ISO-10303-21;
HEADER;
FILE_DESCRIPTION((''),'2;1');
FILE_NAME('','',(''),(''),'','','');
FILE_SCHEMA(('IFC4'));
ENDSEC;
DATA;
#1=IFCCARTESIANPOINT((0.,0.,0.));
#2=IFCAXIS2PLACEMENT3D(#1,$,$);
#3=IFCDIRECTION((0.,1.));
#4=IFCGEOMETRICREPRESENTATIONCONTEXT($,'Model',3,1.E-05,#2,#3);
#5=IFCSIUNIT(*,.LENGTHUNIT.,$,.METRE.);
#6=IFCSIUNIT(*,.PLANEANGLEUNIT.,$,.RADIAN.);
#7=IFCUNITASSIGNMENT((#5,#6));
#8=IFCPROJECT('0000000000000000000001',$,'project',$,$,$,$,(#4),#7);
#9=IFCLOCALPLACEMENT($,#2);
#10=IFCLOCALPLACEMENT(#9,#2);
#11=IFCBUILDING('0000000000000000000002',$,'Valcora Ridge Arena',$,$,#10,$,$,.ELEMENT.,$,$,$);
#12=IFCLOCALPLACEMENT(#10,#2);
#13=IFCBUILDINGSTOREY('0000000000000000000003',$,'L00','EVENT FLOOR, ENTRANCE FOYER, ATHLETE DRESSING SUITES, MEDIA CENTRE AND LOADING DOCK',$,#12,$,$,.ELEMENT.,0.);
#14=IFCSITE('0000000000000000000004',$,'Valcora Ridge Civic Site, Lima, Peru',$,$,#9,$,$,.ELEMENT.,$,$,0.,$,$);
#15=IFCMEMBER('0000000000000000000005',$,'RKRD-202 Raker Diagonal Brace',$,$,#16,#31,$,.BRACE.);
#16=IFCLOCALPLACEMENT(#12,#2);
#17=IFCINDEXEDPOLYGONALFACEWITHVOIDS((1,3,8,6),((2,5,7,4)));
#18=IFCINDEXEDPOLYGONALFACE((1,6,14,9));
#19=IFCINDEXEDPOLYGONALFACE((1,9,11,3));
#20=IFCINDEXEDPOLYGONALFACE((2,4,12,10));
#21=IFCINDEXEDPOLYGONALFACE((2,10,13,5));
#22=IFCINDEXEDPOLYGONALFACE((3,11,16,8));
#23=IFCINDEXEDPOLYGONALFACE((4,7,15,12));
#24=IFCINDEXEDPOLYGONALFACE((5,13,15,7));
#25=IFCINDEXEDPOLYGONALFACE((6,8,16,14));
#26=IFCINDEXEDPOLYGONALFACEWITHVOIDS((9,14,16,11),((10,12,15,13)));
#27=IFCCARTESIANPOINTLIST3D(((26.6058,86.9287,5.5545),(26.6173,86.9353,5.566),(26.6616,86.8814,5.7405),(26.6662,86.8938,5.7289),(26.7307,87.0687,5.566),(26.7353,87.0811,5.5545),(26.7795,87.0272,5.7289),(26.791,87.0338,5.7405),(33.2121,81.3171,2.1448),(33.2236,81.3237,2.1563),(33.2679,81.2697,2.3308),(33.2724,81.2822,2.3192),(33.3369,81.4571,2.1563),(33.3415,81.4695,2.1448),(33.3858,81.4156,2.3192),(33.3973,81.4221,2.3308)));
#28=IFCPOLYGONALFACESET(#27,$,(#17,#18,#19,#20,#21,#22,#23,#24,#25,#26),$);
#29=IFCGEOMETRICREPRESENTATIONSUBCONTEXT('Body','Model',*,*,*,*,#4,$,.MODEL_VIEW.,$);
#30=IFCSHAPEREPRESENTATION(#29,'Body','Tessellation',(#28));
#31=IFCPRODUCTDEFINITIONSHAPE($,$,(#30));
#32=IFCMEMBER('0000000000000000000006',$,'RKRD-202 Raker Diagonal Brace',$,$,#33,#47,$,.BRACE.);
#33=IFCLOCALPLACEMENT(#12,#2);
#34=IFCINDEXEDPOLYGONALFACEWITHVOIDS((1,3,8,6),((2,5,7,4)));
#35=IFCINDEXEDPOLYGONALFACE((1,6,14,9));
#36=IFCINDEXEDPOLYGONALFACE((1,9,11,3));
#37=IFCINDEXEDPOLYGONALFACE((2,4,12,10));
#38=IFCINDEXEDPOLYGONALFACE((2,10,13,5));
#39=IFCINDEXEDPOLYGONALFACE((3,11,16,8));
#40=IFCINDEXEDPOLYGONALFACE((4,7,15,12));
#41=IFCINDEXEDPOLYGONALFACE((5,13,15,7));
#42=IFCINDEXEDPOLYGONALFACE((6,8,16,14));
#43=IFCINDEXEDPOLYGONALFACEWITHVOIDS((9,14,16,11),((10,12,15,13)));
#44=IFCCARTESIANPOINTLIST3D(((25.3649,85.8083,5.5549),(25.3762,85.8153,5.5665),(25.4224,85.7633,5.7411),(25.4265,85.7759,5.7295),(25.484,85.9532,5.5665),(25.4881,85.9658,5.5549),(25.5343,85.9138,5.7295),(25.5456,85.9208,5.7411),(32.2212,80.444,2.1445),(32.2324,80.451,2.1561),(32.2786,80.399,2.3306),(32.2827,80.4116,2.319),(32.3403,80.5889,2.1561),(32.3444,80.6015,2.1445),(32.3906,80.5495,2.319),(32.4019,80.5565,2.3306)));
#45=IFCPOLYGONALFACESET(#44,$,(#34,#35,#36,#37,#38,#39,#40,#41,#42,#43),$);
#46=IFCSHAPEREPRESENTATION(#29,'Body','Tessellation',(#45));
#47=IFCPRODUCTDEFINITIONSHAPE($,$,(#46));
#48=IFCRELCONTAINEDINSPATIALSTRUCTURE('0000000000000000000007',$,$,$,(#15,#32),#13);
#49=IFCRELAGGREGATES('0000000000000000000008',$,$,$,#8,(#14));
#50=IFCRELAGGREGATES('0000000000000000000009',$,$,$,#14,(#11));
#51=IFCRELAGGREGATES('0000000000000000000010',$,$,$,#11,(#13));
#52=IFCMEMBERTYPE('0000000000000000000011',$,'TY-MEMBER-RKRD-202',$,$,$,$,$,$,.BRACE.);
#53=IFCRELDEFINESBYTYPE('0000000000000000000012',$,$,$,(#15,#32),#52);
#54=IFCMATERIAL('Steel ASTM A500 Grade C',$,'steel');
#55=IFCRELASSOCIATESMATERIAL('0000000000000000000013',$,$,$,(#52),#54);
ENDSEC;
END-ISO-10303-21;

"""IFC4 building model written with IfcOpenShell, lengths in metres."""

from ifc_helpers import new_model, si_unit, direction, frame, origin, origin_2d, place, context, subcontext, project, spatial, hollow_rectangle, extrude, material, material_profile, profile_set, type_object, element, save


model = new_model("IFC4")

# Units and contexts
model_context = context("Model", 3, precision=1e-05, world=origin(), true_north=direction((0.0, 1.0)))
body_context = subcontext(model_context, "Body", "Model", "MODEL_VIEW")
ifc_project = project(units=[si_unit("LENGTHUNIT", "METRE"), si_unit("PLANEANGLEUNIT", "RADIAN")], contexts=[model_context])

# Site, building, storey
site_placement = place(None, origin())
site = spatial("IfcSite", under=ifc_project, at=site_placement, Name="Valcora Ridge Civic Site, Lima, Peru", CompositionType="ELEMENT", RefElevation=0.0)
building_placement = place(site_placement, origin())
building = spatial("IfcBuilding", under=site, at=building_placement, Name="Valcora Ridge Arena", CompositionType="ELEMENT")
storey_placement = place(building_placement, origin())
storey = spatial("IfcBuildingStorey", under=building, at=storey_placement, Name="L00", Description="EVENT FLOOR, ENTRANCE FOYER, ATHLETE DRESSING SUITES, MEDIA CENTRE AND LOADING DOCK", CompositionType="ELEMENT", Elevation=0.0)

# Members
ifc_material_1 = material(Name="Steel ASTM A500 Grade C", Category="steel")
ifc_material_profile_1 = material_profile(ifc_material_1, hollow_rectangle(XDim=0.2, YDim=0.2, WallThickness=0.0125, at=origin_2d()), Name="HSS200X200X12")
ifc_profile_set_1 = profile_set([ifc_material_profile_1], Name="Steel ASTM A500 Grade C")
member_type_1 = type_object("IfcMemberType", Name="TY-MEMBER-RKRD-202", PredefinedType="BRACE", material=ifc_profile_set_1)
member_1_placement = place(storey_placement, frame((33.3047, 81.3696, 2.2378), z_axis=(-0.709248, 0.602464, 0.366065), x_axis=(-0.647401, -0.76215, 0.0)))
element("IfcMember", 1, at=member_1_placement, inside=storey, type_object=member_type_1, Name="RKRD-202 Raker Diagonal Brace", PredefinedType="BRACE", context=body_context, shape_type="SweptSolid", body=[
    extrude(hollow_rectangle(XDim=0.2, YDim=0.2, WallThickness=0.0125, at=origin_2d()), origin(), (0.0, 0.0, 1.0), 9.3145),
])
member_2_placement = place(storey_placement, frame((32.3115, 80.5002, 2.2375), z_axis=(-0.733321, 0.573747, 0.364767), x_axis=(-0.616204, -0.787587, 0.0)))
element("IfcMember", 2, at=member_2_placement, inside=storey, type_object=member_type_1, Name="RKRD-202 Raker Diagonal Brace", PredefinedType="BRACE", context=body_context, shape_type="SweptSolid", body=[
    extrude(hollow_rectangle(XDim=0.2, YDim=0.2, WallThickness=0.0125, at=origin_2d()), origin(), (0.0, 0.0, 1.0), 9.3496),
])

save(model, "model.ifc")
